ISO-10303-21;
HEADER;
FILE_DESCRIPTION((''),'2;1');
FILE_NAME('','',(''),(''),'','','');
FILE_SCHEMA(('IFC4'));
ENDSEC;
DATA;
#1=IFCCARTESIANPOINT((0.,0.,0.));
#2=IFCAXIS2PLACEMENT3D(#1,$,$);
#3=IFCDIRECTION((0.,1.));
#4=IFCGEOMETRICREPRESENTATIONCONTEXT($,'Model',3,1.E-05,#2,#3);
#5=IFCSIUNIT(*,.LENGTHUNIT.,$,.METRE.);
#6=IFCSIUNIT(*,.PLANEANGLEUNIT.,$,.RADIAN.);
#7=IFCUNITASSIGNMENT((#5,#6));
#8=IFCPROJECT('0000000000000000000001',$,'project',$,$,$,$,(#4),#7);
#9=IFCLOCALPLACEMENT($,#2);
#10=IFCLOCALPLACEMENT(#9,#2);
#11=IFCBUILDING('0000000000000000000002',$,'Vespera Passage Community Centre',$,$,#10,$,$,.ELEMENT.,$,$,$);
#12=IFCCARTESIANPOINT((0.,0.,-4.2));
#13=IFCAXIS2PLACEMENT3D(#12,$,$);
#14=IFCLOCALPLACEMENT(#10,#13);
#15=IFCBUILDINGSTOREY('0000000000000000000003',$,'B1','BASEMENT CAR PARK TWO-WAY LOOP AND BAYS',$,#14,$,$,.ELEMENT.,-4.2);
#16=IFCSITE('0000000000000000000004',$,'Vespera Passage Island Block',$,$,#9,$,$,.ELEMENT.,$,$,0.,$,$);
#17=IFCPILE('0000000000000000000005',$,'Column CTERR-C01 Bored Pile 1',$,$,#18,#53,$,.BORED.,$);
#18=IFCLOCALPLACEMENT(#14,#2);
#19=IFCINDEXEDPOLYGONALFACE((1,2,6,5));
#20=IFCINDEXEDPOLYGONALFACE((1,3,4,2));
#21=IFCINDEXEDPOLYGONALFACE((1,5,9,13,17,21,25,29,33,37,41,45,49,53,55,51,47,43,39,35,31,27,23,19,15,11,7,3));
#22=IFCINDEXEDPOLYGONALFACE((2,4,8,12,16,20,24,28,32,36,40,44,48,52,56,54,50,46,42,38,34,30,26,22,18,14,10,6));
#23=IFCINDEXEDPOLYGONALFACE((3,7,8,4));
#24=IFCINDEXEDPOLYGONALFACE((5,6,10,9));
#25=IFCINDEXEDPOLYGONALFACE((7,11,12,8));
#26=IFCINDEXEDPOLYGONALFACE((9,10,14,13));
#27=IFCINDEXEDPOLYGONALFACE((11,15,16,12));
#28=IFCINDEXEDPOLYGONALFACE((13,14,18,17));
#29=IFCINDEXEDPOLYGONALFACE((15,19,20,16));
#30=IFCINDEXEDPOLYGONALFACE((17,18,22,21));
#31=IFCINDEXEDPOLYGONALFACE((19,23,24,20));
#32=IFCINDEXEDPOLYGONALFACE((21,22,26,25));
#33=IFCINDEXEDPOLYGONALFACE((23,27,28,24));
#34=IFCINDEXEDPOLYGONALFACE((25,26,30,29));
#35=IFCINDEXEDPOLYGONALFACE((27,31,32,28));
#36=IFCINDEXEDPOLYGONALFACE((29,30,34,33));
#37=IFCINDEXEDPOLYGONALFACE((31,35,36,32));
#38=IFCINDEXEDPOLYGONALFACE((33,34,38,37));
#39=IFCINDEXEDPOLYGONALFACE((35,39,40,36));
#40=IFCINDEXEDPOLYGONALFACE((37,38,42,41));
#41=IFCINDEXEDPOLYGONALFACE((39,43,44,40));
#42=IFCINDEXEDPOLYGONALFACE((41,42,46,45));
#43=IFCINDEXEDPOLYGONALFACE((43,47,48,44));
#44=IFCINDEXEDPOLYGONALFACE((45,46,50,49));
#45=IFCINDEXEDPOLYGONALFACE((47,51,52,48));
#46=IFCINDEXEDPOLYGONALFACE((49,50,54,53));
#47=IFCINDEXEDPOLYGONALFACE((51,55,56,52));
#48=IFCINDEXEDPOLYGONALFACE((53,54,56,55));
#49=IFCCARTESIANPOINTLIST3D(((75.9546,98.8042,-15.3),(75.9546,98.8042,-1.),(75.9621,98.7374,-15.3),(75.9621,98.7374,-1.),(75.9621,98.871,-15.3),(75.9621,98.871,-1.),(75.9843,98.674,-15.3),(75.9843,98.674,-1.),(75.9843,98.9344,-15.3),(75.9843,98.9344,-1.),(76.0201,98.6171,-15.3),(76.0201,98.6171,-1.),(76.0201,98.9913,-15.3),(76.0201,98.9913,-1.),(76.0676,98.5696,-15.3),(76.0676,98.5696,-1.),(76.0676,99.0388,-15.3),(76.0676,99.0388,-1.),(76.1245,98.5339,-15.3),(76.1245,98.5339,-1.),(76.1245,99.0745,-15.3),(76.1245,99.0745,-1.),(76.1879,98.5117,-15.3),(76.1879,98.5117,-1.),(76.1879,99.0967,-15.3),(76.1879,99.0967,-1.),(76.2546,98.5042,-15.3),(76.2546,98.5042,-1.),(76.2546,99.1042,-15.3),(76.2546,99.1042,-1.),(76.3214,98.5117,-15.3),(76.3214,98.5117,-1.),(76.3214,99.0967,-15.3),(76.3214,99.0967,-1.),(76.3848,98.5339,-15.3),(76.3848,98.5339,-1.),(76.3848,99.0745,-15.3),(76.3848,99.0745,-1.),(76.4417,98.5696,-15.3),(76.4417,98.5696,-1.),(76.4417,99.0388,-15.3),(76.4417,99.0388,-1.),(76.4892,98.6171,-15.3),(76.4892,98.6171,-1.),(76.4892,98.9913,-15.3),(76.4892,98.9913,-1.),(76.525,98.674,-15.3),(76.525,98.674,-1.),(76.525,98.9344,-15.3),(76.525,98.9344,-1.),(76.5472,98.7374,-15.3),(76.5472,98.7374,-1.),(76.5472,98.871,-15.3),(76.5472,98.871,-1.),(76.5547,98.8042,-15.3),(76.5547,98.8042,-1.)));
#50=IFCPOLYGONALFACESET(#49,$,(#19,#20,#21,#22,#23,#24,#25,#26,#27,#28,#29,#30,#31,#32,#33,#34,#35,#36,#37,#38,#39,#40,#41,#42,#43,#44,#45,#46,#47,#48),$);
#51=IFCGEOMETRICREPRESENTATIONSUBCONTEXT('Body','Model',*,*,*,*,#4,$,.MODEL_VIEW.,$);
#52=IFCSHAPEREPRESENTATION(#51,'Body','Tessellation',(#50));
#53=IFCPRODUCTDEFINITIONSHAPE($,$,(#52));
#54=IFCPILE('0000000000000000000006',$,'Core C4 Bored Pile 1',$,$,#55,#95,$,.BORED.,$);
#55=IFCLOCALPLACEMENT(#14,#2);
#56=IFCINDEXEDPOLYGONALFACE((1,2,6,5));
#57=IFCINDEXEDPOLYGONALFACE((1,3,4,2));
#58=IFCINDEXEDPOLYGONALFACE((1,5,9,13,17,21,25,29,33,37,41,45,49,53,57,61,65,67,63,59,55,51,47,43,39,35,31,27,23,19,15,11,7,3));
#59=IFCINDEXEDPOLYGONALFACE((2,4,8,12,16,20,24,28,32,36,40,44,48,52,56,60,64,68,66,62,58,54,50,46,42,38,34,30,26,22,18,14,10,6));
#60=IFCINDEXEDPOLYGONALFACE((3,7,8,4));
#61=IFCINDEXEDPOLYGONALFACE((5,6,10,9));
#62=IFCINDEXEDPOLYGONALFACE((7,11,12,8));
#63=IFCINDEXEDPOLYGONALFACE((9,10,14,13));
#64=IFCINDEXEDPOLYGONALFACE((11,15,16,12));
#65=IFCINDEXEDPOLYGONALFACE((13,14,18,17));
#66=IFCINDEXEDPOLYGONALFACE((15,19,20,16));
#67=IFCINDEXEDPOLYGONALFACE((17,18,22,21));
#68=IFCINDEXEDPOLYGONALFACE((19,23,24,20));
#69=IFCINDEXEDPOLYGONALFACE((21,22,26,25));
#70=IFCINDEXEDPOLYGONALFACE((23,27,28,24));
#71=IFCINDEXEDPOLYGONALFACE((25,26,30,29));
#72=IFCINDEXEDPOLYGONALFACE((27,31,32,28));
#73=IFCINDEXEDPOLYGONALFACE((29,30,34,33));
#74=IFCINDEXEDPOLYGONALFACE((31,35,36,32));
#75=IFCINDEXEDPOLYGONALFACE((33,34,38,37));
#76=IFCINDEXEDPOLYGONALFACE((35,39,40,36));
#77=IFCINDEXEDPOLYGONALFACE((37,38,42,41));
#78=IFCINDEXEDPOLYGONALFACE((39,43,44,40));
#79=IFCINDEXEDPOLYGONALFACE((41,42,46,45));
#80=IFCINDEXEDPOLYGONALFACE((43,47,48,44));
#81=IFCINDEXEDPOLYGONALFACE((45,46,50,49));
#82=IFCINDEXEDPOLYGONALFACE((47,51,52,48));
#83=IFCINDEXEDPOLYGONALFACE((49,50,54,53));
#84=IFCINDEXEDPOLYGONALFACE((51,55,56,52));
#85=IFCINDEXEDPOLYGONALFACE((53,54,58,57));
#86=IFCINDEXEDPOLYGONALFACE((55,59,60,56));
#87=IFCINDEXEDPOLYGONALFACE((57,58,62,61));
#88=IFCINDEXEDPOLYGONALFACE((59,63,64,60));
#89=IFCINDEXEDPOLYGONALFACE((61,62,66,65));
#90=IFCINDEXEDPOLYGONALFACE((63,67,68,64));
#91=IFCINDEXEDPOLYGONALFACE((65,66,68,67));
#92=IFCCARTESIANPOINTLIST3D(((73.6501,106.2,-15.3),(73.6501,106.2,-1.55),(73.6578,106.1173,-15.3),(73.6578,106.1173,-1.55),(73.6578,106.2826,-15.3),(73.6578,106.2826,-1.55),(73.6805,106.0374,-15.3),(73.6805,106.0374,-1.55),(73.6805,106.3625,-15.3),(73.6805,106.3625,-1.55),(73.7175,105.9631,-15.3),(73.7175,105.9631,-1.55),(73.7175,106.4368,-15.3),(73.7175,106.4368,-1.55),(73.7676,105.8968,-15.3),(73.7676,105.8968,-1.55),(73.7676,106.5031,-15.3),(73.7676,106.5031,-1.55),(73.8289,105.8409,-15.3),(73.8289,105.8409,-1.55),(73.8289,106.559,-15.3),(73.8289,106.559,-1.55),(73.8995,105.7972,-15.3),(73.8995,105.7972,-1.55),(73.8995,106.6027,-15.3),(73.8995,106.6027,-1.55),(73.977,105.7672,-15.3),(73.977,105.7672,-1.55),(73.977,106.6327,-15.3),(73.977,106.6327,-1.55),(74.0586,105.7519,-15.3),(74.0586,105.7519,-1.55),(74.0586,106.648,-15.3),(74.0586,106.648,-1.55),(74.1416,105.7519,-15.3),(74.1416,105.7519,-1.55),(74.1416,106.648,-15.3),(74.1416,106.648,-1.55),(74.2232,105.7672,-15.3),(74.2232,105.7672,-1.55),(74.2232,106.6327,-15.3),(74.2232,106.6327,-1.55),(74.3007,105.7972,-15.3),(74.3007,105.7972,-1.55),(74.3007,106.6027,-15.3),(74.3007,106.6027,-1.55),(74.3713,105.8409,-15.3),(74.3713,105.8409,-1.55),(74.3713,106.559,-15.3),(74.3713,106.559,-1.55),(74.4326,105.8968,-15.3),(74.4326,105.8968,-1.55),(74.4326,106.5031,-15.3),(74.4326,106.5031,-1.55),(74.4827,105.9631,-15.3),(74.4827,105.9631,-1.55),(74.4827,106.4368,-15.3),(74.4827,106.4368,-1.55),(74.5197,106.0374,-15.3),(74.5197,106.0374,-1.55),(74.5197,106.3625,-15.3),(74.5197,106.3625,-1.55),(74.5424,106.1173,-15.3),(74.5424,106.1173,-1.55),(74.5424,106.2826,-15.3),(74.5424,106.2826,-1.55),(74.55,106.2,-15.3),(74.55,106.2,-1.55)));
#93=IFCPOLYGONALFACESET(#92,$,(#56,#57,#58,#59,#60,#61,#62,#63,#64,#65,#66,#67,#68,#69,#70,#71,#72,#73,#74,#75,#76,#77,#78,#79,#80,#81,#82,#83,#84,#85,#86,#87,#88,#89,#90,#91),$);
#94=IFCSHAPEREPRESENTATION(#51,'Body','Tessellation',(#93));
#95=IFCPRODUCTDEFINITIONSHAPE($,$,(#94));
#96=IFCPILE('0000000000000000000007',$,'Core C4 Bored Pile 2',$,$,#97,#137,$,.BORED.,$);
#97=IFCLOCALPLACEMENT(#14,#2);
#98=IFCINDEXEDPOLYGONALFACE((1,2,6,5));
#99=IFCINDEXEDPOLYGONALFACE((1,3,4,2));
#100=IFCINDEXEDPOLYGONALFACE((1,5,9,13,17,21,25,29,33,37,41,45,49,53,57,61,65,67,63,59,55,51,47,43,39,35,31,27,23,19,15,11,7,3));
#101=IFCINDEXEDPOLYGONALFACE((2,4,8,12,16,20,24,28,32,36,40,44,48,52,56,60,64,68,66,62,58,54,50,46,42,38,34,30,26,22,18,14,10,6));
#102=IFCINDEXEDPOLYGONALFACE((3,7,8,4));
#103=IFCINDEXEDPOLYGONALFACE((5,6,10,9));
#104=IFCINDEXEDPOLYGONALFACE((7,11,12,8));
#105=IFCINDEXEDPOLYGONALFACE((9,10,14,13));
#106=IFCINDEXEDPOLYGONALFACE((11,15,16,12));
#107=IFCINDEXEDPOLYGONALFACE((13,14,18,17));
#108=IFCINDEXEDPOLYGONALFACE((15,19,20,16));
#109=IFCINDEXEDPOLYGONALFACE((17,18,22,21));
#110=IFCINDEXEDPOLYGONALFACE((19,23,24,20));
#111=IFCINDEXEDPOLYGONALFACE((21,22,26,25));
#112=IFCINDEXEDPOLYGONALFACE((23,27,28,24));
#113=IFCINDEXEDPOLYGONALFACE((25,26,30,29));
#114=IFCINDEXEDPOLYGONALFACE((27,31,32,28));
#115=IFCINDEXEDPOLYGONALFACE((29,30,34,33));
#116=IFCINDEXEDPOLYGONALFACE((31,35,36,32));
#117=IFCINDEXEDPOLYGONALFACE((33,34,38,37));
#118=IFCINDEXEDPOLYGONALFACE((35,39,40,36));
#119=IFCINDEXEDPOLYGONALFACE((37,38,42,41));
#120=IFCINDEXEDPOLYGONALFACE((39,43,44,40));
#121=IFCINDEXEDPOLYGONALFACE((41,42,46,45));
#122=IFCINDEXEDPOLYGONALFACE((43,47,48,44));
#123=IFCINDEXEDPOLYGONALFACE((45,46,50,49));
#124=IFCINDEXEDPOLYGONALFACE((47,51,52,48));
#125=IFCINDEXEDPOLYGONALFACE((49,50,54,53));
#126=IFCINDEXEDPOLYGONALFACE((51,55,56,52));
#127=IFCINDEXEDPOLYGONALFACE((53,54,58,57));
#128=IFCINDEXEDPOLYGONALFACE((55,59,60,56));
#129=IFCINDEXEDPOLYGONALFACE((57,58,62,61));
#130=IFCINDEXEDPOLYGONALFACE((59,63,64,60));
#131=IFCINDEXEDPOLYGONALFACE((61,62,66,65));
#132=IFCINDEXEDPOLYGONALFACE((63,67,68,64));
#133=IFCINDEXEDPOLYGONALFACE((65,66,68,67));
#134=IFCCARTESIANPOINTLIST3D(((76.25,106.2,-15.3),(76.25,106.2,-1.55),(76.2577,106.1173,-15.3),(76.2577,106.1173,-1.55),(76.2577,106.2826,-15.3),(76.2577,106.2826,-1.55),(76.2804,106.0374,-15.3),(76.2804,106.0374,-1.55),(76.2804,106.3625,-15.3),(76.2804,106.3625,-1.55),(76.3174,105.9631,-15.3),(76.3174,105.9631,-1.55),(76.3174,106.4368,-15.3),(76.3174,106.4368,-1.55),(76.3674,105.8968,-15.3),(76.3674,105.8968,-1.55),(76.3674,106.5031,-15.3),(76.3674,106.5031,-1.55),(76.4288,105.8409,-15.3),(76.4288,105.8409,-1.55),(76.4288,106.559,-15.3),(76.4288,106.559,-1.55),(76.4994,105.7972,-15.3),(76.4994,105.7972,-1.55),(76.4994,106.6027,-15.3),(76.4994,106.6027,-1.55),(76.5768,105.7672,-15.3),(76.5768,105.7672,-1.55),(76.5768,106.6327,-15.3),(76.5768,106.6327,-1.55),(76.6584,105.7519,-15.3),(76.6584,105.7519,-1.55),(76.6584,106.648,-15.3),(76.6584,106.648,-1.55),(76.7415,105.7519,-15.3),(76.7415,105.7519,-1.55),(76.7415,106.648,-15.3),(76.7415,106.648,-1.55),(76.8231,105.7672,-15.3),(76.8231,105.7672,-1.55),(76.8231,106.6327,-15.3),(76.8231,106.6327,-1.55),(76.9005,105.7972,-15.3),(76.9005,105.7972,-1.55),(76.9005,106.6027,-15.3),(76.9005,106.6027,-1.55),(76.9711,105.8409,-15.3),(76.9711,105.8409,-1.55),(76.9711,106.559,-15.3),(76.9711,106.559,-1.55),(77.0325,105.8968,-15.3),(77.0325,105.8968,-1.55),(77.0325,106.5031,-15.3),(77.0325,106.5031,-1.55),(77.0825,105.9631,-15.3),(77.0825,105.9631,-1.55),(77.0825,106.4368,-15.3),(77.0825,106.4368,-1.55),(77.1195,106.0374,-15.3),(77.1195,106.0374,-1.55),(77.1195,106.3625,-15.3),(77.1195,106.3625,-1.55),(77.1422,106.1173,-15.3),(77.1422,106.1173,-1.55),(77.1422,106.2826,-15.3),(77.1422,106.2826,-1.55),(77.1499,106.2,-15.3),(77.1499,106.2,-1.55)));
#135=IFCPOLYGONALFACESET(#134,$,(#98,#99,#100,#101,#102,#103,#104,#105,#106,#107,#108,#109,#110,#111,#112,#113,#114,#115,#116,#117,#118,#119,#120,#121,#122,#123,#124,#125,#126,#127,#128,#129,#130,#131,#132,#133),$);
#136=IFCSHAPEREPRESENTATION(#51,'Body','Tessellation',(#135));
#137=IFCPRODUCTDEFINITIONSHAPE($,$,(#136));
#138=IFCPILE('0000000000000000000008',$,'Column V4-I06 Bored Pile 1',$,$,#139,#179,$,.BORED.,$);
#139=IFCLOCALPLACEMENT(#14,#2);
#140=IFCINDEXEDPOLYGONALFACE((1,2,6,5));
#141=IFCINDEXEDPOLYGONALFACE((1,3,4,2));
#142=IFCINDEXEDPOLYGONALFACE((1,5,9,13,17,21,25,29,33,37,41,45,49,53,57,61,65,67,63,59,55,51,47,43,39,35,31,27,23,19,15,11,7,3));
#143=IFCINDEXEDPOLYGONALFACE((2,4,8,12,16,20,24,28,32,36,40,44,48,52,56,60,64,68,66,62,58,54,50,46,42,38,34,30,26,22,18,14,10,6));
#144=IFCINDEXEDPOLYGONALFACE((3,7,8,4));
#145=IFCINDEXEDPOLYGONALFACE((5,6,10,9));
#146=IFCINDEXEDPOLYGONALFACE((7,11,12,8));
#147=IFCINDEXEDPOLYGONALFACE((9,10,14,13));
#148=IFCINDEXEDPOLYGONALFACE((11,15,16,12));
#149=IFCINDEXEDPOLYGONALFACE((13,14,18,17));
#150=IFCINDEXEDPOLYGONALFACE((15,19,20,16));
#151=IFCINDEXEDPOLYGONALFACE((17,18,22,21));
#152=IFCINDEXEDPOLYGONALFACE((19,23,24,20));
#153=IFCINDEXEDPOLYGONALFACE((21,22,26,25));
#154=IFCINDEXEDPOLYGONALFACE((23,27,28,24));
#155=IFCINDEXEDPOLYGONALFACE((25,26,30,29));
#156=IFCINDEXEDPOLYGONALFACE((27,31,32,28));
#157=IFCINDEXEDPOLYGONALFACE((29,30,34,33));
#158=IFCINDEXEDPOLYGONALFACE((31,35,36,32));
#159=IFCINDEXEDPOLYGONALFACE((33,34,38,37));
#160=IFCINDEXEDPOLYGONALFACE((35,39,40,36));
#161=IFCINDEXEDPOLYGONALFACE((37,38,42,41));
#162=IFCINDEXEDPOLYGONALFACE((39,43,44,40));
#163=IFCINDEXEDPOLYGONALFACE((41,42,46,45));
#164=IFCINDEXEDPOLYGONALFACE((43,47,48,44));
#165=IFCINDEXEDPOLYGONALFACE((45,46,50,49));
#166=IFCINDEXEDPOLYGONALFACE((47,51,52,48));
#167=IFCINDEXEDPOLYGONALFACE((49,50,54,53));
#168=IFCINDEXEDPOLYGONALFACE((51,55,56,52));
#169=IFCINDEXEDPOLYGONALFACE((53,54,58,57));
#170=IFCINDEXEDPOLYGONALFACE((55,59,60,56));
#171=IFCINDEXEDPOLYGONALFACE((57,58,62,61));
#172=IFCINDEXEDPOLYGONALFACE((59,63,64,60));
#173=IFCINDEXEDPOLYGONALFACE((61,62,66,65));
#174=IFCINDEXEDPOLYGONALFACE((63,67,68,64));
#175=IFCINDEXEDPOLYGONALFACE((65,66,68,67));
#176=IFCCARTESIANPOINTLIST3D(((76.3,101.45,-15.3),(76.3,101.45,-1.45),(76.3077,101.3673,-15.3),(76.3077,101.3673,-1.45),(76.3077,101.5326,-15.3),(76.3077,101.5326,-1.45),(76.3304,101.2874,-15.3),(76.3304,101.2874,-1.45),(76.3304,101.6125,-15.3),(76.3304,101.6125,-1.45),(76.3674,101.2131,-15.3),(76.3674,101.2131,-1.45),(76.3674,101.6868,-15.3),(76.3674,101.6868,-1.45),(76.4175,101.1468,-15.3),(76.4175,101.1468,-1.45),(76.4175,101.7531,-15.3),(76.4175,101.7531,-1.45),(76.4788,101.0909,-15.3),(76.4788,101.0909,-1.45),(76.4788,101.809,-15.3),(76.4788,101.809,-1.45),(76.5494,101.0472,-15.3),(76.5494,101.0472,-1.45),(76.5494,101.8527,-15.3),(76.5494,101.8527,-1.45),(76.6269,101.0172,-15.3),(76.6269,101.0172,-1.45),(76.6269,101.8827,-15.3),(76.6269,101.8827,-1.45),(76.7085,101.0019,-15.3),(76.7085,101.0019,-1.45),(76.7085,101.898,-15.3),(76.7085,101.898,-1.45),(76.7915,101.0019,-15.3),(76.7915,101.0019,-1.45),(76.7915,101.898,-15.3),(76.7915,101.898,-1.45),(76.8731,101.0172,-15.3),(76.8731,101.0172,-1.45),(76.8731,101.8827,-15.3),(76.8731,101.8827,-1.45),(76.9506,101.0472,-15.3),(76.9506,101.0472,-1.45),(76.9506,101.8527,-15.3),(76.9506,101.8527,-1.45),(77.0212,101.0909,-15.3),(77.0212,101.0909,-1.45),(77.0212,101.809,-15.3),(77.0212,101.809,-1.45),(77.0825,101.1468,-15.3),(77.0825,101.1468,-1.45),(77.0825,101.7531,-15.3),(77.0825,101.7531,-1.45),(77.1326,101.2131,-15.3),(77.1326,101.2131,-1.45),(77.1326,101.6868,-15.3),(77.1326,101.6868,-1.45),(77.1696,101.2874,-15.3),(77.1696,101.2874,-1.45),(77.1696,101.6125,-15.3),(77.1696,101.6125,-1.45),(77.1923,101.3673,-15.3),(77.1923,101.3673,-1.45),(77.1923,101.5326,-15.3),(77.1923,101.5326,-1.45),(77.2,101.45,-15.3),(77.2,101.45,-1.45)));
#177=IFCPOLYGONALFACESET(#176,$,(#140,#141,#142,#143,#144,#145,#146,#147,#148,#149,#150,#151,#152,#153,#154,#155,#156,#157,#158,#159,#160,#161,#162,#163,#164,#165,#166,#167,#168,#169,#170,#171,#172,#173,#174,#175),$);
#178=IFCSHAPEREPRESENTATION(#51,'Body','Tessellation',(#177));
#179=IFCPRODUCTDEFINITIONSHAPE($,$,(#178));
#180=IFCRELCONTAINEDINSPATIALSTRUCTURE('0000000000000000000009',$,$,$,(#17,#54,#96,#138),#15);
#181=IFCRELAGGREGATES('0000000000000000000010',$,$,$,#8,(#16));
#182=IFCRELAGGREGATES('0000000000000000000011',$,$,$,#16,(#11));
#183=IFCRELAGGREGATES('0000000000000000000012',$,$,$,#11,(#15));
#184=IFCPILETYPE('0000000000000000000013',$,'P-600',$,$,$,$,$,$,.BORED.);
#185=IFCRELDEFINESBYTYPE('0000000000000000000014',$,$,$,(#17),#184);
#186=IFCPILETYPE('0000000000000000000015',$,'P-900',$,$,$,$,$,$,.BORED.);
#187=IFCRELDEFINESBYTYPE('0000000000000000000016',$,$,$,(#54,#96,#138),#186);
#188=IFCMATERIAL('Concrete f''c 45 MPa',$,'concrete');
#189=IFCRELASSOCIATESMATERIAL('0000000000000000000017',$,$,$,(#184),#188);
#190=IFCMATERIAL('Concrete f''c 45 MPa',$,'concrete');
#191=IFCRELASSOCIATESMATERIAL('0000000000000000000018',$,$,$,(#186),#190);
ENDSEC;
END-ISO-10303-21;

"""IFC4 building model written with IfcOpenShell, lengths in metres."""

from ifc_helpers import new_model, si_unit, direction, frame, origin, origin_2d, place, context, subcontext, project, spatial, circle, extrude, material, material_profile, profile_set, type_object, element, save


model = new_model("IFC4")

# Units and contexts
model_context = context("Model", 3, precision=1e-05, world=origin(), true_north=direction((0.0, 1.0)))
body_context = subcontext(model_context, "Body", "Model", "MODEL_VIEW")
ifc_project = project(units=[si_unit("LENGTHUNIT", "METRE"), si_unit("PLANEANGLEUNIT", "RADIAN")], contexts=[model_context])

# Site, building, storey
site_placement = place(None, origin())
site = spatial("IfcSite", under=ifc_project, at=site_placement, Name="Vespera Passage Island Block", CompositionType="ELEMENT", RefElevation=0.0)
building_placement = place(site_placement, origin())
building = spatial("IfcBuilding", under=site, at=building_placement, Name="Vespera Passage Community Centre", CompositionType="ELEMENT")
storey_placement = place(building_placement, frame((0.0, 0.0, -4.2)))
storey = spatial("IfcBuildingStorey", under=building, at=storey_placement, Name="B1", Description="BASEMENT CAR PARK TWO-WAY LOOP AND BAYS", CompositionType="ELEMENT", Elevation=-4.2)

# Piles
ifc_material_1 = material(Name="Concrete f'c 45 MPa", Category="concrete")
ifc_material_profile_1 = material_profile(ifc_material_1, circle(Radius=0.3, at=origin_2d()), Name="PILE600DIA")
ifc_profile_set_1 = profile_set([ifc_material_profile_1], Name="Concrete f'c 45 MPa")
pile_type_1 = type_object("IfcPileType", Name="P-600", PredefinedType="BORED", material=ifc_profile_set_1)
pile_1_placement = place(storey_placement, frame((76.2546, 98.8042, -1.0), z_axis=(0.0, 0.0, -1.0), x_axis=(1.0, 0.0, 0.0)))
element("IfcPile", 1, at=pile_1_placement, inside=storey, type_object=pile_type_1, Name="Column CTERR-C01 Bored Pile 1", PredefinedType="BORED", context=body_context, shape_type="SweptSolid", body=[
    extrude(circle(Radius=0.3, at=origin_2d()), origin(), (0.0, 0.0, 1.0), 14.3),
])
ifc_material_2 = material(Name="Concrete f'c 45 MPa", Category="concrete")
ifc_material_profile_2 = material_profile(ifc_material_2, circle(Radius=0.45, at=origin_2d()), Name="PILE900DIA")
ifc_profile_set_2 = profile_set([ifc_material_profile_2], Name="Concrete f'c 45 MPa")
pile_type_2 = type_object("IfcPileType", Name="P-900", PredefinedType="BORED", material=ifc_profile_set_2)
for number, where, z_axis, x_axis, name in (
    (2, (74.1001, 106.2, -1.55), (0.0, 0.0, -1.0), (1.0, 0.0, 0.0), "Core C4 Bored Pile 1"),
    (3, (76.7, 106.2, -1.55), (0.0, 0.0, -1.0), (1.0, 0.0, 0.0), "Core C4 Bored Pile 2"),
):
    element("IfcPile", number, at=place(storey_placement, frame(where, z_axis=z_axis, x_axis=x_axis)), inside=storey, type_object=pile_type_2, Name=name, PredefinedType="BORED", context=body_context, shape_type="SweptSolid", body=[
        extrude(circle(Radius=0.45, at=origin_2d()), origin(), (0.0, 0.0, 1.0), 13.75),
    ])
for number, where, z_axis, x_axis, name in (
    (4, (76.75, 101.45, -1.45), (0.0, 0.0, -1.0), (1.0, 0.0, 0.0), "Column V4-I06 Bored Pile 1"),
):
    element("IfcPile", number, at=place(storey_placement, frame(where, z_axis=z_axis, x_axis=x_axis)), inside=storey, type_object=pile_type_2, Name=name, PredefinedType="BORED", context=body_context, shape_type="SweptSolid", body=[
        extrude(circle(Radius=0.45, at=origin_2d()), origin(), (0.0, 0.0, 1.0), 13.8501),
    ])

save(model, "model.ifc")
